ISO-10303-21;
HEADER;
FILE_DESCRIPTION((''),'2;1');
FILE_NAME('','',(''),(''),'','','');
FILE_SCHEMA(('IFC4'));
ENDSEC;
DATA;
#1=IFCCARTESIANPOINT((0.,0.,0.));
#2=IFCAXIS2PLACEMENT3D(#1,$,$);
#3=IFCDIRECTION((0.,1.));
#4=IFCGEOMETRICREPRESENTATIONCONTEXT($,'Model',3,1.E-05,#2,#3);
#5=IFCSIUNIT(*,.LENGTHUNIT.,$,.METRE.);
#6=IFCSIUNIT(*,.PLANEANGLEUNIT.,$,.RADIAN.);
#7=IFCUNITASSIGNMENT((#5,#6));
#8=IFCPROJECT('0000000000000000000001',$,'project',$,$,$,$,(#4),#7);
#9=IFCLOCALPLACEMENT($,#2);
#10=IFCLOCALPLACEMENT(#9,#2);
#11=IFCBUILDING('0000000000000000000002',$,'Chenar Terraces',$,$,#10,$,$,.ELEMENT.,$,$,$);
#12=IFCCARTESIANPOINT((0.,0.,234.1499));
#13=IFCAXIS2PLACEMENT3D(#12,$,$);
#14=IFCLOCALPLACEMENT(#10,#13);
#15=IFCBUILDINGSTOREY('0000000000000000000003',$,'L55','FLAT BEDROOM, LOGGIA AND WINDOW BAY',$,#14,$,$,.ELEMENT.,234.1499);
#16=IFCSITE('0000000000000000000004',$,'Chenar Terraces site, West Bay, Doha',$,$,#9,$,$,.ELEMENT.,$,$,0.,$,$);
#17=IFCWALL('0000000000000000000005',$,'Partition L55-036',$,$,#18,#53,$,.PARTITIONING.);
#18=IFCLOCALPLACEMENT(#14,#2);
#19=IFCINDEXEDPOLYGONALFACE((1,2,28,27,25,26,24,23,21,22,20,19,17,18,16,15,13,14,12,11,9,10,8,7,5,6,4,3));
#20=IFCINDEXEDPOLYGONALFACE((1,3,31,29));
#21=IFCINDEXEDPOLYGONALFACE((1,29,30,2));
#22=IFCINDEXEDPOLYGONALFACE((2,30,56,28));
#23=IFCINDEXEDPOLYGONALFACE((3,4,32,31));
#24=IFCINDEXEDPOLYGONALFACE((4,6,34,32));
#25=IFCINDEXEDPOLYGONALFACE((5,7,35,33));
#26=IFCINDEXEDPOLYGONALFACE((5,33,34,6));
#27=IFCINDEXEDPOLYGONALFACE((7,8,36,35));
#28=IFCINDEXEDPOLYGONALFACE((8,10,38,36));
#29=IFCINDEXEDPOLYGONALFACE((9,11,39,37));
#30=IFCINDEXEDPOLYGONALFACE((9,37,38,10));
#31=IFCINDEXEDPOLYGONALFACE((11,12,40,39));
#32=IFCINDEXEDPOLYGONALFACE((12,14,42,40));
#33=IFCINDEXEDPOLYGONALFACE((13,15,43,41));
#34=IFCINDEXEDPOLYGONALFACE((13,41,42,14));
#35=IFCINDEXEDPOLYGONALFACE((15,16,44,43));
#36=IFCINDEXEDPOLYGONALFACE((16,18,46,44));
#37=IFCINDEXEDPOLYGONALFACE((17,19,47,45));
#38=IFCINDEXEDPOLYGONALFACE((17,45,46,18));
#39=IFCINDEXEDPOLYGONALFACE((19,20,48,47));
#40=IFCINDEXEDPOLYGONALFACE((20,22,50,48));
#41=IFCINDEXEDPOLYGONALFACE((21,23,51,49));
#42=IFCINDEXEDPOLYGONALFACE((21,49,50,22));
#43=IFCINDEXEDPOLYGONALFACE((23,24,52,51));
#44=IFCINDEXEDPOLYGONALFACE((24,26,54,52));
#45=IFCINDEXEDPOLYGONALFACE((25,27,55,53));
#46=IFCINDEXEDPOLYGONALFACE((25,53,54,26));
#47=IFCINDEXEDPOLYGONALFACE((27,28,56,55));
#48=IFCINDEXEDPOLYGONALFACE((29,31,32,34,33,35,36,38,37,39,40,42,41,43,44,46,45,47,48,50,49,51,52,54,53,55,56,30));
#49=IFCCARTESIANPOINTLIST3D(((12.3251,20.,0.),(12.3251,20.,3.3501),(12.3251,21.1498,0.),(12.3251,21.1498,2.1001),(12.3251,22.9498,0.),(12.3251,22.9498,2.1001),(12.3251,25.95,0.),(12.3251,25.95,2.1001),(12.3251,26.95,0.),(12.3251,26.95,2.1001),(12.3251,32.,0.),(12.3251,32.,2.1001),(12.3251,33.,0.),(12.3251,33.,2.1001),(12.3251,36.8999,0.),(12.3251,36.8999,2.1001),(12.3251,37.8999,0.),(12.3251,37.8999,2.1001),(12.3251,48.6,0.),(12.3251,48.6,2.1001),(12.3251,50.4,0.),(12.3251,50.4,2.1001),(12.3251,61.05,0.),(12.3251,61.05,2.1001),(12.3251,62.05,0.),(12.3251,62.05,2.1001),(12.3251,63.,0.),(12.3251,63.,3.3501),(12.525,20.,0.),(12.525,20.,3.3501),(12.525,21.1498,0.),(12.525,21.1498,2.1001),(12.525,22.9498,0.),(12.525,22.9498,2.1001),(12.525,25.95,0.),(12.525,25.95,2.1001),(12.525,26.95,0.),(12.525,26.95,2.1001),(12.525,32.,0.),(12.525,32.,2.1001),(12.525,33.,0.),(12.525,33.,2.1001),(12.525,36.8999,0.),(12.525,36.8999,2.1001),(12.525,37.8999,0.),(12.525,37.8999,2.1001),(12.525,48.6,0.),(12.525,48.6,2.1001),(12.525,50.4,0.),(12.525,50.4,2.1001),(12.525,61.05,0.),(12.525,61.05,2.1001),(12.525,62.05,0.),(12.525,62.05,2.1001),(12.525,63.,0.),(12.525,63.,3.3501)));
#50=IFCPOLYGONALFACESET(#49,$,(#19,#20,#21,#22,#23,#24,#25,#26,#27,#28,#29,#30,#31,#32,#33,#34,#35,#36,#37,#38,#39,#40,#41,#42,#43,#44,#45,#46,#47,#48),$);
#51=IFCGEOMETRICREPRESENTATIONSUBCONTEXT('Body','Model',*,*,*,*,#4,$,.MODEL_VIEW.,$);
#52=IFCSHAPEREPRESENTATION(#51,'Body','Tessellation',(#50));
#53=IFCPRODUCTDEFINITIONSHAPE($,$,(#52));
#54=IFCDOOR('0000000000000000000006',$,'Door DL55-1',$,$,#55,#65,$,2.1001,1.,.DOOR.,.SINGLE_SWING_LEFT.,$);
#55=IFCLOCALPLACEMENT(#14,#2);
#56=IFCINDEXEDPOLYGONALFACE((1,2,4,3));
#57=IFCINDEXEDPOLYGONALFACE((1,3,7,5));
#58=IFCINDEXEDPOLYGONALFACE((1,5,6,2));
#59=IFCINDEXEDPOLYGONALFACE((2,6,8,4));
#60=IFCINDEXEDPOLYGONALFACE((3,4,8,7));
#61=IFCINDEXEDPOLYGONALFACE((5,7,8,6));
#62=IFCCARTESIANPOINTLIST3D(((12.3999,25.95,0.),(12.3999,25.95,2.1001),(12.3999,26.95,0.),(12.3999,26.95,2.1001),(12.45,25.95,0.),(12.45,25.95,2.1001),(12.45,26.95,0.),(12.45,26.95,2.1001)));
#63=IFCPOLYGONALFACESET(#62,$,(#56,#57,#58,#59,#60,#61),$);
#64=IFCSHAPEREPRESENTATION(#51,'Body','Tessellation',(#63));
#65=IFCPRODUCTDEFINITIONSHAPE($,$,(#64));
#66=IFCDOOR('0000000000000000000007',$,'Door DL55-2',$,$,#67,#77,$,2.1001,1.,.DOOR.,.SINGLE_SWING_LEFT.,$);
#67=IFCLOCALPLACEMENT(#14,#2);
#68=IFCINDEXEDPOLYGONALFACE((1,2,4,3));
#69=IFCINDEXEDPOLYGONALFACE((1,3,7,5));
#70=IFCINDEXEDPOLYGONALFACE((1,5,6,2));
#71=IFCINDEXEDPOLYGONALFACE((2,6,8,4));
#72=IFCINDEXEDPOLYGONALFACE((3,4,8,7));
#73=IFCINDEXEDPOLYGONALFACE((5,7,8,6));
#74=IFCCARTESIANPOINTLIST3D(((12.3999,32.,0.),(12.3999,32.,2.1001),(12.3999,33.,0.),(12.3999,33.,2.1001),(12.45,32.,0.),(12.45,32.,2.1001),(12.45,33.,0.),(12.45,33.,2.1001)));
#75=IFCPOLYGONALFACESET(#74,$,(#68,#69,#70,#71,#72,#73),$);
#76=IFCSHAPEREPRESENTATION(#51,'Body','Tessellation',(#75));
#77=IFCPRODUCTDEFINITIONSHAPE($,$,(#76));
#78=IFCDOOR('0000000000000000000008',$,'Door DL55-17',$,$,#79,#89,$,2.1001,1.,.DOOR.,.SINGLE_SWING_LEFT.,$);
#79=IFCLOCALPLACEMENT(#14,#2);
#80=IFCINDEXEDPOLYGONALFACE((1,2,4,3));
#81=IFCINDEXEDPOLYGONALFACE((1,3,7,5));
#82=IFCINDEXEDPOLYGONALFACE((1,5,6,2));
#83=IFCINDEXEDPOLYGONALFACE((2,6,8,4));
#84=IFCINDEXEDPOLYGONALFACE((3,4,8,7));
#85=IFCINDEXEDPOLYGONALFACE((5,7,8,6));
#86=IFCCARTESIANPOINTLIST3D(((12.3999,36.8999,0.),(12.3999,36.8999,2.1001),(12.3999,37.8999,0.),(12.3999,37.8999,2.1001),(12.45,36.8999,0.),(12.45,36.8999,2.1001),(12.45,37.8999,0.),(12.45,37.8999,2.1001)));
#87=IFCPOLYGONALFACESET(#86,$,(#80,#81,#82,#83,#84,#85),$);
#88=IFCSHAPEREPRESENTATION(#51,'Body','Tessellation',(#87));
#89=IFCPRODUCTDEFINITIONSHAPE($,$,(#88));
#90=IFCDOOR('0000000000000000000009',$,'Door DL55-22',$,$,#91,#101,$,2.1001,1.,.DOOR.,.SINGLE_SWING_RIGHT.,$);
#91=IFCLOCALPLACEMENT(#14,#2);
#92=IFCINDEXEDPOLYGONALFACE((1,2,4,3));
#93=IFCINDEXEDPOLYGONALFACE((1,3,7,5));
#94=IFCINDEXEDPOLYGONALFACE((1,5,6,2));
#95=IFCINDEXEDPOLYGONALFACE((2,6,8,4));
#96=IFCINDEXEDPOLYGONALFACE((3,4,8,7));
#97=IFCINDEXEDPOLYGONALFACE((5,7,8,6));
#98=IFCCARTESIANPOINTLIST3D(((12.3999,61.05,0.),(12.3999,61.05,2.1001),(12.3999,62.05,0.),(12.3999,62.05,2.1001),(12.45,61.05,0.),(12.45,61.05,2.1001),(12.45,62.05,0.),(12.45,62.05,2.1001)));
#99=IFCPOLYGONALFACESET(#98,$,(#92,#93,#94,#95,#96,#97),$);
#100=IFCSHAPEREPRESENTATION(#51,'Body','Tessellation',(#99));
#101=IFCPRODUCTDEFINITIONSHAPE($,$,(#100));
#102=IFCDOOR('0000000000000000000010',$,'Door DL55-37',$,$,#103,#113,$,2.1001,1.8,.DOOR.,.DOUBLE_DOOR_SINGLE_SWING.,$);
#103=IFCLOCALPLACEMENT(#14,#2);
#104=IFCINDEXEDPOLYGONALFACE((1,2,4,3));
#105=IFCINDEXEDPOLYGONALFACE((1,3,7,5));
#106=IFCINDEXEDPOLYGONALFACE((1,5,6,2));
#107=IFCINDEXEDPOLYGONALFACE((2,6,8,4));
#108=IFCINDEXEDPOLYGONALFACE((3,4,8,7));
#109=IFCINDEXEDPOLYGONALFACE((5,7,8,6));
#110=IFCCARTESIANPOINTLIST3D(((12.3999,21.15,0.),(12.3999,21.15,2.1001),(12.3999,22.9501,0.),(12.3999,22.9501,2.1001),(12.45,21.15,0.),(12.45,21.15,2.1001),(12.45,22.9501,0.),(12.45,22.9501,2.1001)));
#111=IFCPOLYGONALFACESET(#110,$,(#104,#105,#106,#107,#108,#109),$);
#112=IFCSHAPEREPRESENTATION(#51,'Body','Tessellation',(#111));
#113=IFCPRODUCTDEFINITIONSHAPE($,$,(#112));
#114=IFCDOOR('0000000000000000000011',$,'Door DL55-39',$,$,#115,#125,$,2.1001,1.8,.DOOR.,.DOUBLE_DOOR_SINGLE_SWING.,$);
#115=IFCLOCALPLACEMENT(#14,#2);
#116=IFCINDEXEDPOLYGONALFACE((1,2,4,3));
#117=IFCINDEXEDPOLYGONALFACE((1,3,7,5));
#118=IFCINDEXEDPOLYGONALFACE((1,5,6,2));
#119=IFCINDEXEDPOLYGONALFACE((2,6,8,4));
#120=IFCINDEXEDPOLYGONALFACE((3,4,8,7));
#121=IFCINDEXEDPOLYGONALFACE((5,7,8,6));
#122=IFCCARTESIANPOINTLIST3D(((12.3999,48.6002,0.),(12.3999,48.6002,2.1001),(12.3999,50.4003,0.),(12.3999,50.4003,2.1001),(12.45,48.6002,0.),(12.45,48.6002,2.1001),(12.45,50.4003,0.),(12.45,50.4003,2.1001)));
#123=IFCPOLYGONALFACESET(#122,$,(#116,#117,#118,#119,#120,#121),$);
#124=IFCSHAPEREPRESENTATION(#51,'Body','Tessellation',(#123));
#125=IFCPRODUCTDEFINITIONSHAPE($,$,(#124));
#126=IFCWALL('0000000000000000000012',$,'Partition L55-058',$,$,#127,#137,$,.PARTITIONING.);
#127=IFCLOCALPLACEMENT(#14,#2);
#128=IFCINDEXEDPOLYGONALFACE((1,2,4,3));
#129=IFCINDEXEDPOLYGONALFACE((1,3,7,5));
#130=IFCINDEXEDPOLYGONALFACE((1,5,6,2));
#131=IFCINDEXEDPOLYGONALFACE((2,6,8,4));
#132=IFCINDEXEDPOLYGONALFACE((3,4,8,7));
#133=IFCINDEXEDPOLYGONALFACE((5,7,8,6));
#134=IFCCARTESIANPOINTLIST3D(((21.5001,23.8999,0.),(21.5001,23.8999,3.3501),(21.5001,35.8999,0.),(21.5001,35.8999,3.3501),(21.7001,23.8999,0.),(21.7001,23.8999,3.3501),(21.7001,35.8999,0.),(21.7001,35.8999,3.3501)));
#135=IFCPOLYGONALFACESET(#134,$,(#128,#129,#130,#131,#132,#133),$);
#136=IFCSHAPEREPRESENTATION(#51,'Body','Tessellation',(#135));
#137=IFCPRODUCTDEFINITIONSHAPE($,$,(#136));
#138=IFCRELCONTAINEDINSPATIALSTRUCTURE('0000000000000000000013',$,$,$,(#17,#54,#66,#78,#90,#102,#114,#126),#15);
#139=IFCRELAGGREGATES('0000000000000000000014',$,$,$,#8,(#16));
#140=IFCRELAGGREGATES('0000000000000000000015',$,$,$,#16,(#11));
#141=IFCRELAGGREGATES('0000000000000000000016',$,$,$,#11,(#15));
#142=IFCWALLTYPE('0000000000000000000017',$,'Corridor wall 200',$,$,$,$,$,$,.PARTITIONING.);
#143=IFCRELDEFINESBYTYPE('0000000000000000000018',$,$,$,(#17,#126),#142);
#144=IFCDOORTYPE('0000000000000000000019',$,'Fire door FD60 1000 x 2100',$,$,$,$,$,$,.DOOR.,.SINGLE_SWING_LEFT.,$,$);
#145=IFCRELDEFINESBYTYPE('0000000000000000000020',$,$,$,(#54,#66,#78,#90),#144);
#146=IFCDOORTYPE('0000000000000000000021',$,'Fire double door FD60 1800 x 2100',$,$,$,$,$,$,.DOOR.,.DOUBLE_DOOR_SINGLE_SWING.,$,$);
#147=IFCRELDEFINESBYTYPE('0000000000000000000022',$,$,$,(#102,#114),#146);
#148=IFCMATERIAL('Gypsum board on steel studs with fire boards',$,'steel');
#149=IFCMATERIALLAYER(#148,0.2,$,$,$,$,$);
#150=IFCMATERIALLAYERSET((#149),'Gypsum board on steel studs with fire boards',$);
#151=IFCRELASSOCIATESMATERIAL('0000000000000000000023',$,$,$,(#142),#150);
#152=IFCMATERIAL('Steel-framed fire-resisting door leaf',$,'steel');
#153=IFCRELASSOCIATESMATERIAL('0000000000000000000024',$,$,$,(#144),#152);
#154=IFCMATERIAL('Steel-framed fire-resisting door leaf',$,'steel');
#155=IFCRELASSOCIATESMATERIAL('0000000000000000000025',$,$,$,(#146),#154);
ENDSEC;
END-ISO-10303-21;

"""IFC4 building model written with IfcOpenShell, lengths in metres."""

from ifc_helpers import new_model, si_unit, direction, frame, frame_2d, origin, place, context, subcontext, project, spatial, rectangle, extrude, material, layer, layer_set, type_object, element, fill, save


model = new_model("IFC4")

# Units and contexts
model_context = context("Model", 3, precision=1e-05, world=origin(), true_north=direction((0.0, 1.0)))
body_context = subcontext(model_context, "Body", "Model", "MODEL_VIEW")
ifc_project = project(units=[si_unit("LENGTHUNIT", "METRE"), si_unit("PLANEANGLEUNIT", "RADIAN")], contexts=[model_context])

# Site, building, storey
site_placement = place(None, origin())
site = spatial("IfcSite", under=ifc_project, at=site_placement, Name="Chenar Terraces site, West Bay, Doha", CompositionType="ELEMENT", RefElevation=0.0)
building_placement = place(site_placement, origin())
building = spatial("IfcBuilding", under=site, at=building_placement, Name="Chenar Terraces", CompositionType="ELEMENT")
storey_placement = place(building_placement, frame((0.0, 0.0, 234.1499)))
storey = spatial("IfcBuildingStorey", under=building, at=storey_placement, Name="L55", Description="FLAT BEDROOM, LOGGIA AND WINDOW BAY", CompositionType="ELEMENT", Elevation=234.1499)

# Wall, openings, doors
ifc_material_1 = material(Name="Gypsum board on steel studs with fire boards", Category="steel")
ifc_layer_1 = layer(ifc_material_1, 0.2)
ifc_layer_set_1 = layer_set([ifc_layer_1], Name="Gypsum board on steel studs with fire boards")
wall_type_1 = type_object("IfcWallType", Name="Corridor wall 200", PredefinedType="PARTITIONING", material=ifc_layer_set_1)
wall_1_placement = place(storey_placement, frame((12.425, 20.0, 0.0), z_axis=(0.0, 0.0, 1.0), x_axis=(0.0, 1.0, 0.0)))
wall_1 = element("IfcWall", 1, at=wall_1_placement, inside=storey, type_object=wall_type_1, Name="Partition L55-036", PredefinedType="PARTITIONING", context=body_context, shape_type="SweptSolid", body=[
    extrude(rectangle(XDim=43.0, YDim=0.2, at=frame_2d((21.5, 0.0))), origin(), (0.0, 0.0, 1.0), 3.3501),
])
opening_1_placement = place(wall_1_placement, frame((5.95, 0.0, 0.0)))
opening_1 = element("IfcOpeningElement", 2, at=opening_1_placement, cuts=wall_1, PredefinedType="OPENING", context=body_context, shape_type="SweptSolid", body=[
    extrude(rectangle(XDim=1.0, YDim=2.1001, at=frame_2d((0.5, 1.05))), frame((0.0, 0.1099, 0.0), z_axis=(0.0, -1.0, 0.0), x_axis=(1.0, 0.0, 0.0)), (0.0, 0.0, 1.0), 0.22),
])
opening_2_placement = place(wall_1_placement, frame((12.0, 0.0, 0.0)))
opening_2 = element("IfcOpeningElement", 3, at=opening_2_placement, cuts=wall_1, PredefinedType="OPENING", context=body_context, shape_type="SweptSolid", body=[
    extrude(rectangle(XDim=1.0, YDim=2.1001, at=frame_2d((0.5, 1.05))), frame((0.0, 0.1099, 0.0), z_axis=(0.0, -1.0, 0.0), x_axis=(1.0, 0.0, 0.0)), (0.0, 0.0, 1.0), 0.22),
])
opening_3_placement = place(wall_1_placement, frame((16.8999, 0.0, 0.0)))
opening_3 = element("IfcOpeningElement", 4, at=opening_3_placement, cuts=wall_1, PredefinedType="OPENING", context=body_context, shape_type="SweptSolid", body=[
    extrude(rectangle(XDim=1.0, YDim=2.1001, at=frame_2d((0.5, 1.05))), frame((0.0, 0.1099, 0.0), z_axis=(0.0, -1.0, 0.0), x_axis=(1.0, 0.0, 0.0)), (0.0, 0.0, 1.0), 0.22),
])
opening_4_placement = place(wall_1_placement, frame((41.05, 0.0, 0.0)))
opening_4 = element("IfcOpeningElement", 5, at=opening_4_placement, cuts=wall_1, PredefinedType="OPENING", context=body_context, shape_type="SweptSolid", body=[
    extrude(rectangle(XDim=1.0, YDim=2.1001, at=frame_2d((0.5, 1.05))), frame((0.0, 0.1099, 0.0), z_axis=(0.0, -1.0, 0.0), x_axis=(1.0, 0.0, 0.0)), (0.0, 0.0, 1.0), 0.22),
])
opening_5_placement = place(wall_1_placement, frame((1.1499, 0.0, 0.0)))
opening_5 = element("IfcOpeningElement", 6, at=opening_5_placement, cuts=wall_1, PredefinedType="OPENING", context=body_context, shape_type="SweptSolid", body=[
    extrude(rectangle(XDim=1.8, YDim=2.1001, at=frame_2d((0.8999, 1.05))), frame((0.0, 0.1099, 0.0), z_axis=(0.0, -1.0, 0.0), x_axis=(1.0, 0.0, 0.0)), (0.0, 0.0, 1.0), 0.22),
])
opening_6_placement = place(wall_1_placement, frame((28.6001, 0.0, 0.0)))
opening_6 = element("IfcOpeningElement", 7, at=opening_6_placement, cuts=wall_1, PredefinedType="OPENING", context=body_context, shape_type="SweptSolid", body=[
    extrude(rectangle(XDim=1.8, YDim=2.1001, at=frame_2d((0.8999, 1.05))), frame((0.0, 0.1099, 0.0), z_axis=(0.0, -1.0, 0.0), x_axis=(1.0, 0.0, 0.0)), (0.0, 0.0, 1.0), 0.22),
])
ifc_material_2 = material(Name="Steel-framed fire-resisting door leaf", Category="steel")
door_type_1 = type_object("IfcDoorType", Name="Fire door FD60 1000 x 2100", OperationType="SINGLE_SWING_LEFT", PredefinedType="DOOR", material=ifc_material_2)
door_1_placement = place(opening_1_placement, frame((1.0, 0.0, 0.0), z_axis=(0.0, 0.0, 1.0), x_axis=(-1.0, 0.0, 0.0)))
door_1 = element("IfcDoor", 8, at=door_1_placement, inside=storey, type_object=door_type_1, Name="Door DL55-1", OperationType="SINGLE_SWING_LEFT", OverallHeight=2.1001, OverallWidth=1.0, PredefinedType="DOOR", context=body_context, shape_type="SweptSolid", body=[
    extrude(rectangle(XDim=1.0, YDim=2.1001, at=frame_2d((0.5, 1.05))), frame((0.0, 0.0249, 0.0), z_axis=(0.0, -1.0, 0.0), x_axis=(1.0, 0.0, 0.0)), (0.0, 0.0, 1.0), 0.05),
])
fill(opening_1, door_1)
door_2_placement = place(opening_2_placement, frame((1.0, 0.0, 0.0), z_axis=(0.0, 0.0, 1.0), x_axis=(-1.0, 0.0, 0.0)))
door_2 = element("IfcDoor", 9, at=door_2_placement, inside=storey, type_object=door_type_1, Name="Door DL55-2", OperationType="SINGLE_SWING_LEFT", OverallHeight=2.1001, OverallWidth=1.0, PredefinedType="DOOR", context=body_context, shape_type="SweptSolid", body=[
    extrude(rectangle(XDim=1.0, YDim=2.1001, at=frame_2d((0.5, 1.05))), frame((0.0, 0.0249, 0.0), z_axis=(0.0, -1.0, 0.0), x_axis=(1.0, 0.0, 0.0)), (0.0, 0.0, 1.0), 0.05),
])
fill(opening_2, door_2)
door_3_placement = place(opening_3_placement, frame((1.0, 0.0, 0.0), z_axis=(0.0, 0.0, 1.0), x_axis=(-1.0, 0.0, 0.0)))
door_3 = element("IfcDoor", 10, at=door_3_placement, inside=storey, type_object=door_type_1, Name="Door DL55-17", OperationType="SINGLE_SWING_LEFT", OverallHeight=2.1001, OverallWidth=1.0, PredefinedType="DOOR", context=body_context, shape_type="SweptSolid", body=[
    extrude(rectangle(XDim=1.0, YDim=2.1001, at=frame_2d((0.5, 1.05))), frame((0.0, 0.0249, 0.0), z_axis=(0.0, -1.0, 0.0), x_axis=(1.0, 0.0, 0.0)), (0.0, 0.0, 1.0), 0.05),
])
fill(opening_3, door_3)
door_4_placement = place(opening_4_placement, frame((1.0, 0.0, 0.0), z_axis=(0.0, 0.0, 1.0), x_axis=(-1.0, 0.0, 0.0)))
door_4 = element("IfcDoor", 11, at=door_4_placement, inside=storey, type_object=door_type_1, Name="Door DL55-22", OperationType="SINGLE_SWING_RIGHT", OverallHeight=2.1001, OverallWidth=1.0, PredefinedType="DOOR", context=body_context, shape_type="SweptSolid", body=[
    extrude(rectangle(XDim=1.0, YDim=2.1001, at=frame_2d((0.5, 1.05))), frame((0.0, 0.0249, 0.0), z_axis=(0.0, -1.0, 0.0), x_axis=(1.0, 0.0, 0.0)), (0.0, 0.0, 1.0), 0.05),
])
fill(opening_4, door_4)
ifc_material_3 = material(Name="Steel-framed fire-resisting door leaf", Category="steel")
door_type_2 = type_object("IfcDoorType", Name="Fire double door FD60 1800 x 2100", OperationType="DOUBLE_DOOR_SINGLE_SWING", PredefinedType="DOOR", material=ifc_material_3)
door_5_placement = place(opening_5_placement, frame((1.8, 0.0, 0.0), z_axis=(0.0, 0.0, 1.0), x_axis=(-1.0, 0.0, 0.0)))
door_5 = element("IfcDoor", 12, at=door_5_placement, inside=storey, type_object=door_type_2, Name="Door DL55-37", OperationType="DOUBLE_DOOR_SINGLE_SWING", OverallHeight=2.1001, OverallWidth=1.8, PredefinedType="DOOR", context=body_context, shape_type="SweptSolid", body=[
    extrude(rectangle(XDim=1.8, YDim=2.1001, at=frame_2d((0.8999, 1.05))), frame((0.0, 0.0249, 0.0), z_axis=(0.0, -1.0, 0.0), x_axis=(1.0, 0.0, 0.0)), (0.0, 0.0, 1.0), 0.05),
])
fill(opening_5, door_5)
door_6_placement = place(opening_6_placement, frame((1.8, 0.0, 0.0), z_axis=(0.0, 0.0, 1.0), x_axis=(-1.0, 0.0, 0.0)))
door_6 = element("IfcDoor", 13, at=door_6_placement, inside=storey, type_object=door_type_2, Name="Door DL55-39", OperationType="DOUBLE_DOOR_SINGLE_SWING", OverallHeight=2.1001, OverallWidth=1.8, PredefinedType="DOOR", context=body_context, shape_type="SweptSolid", body=[
    extrude(rectangle(XDim=1.8, YDim=2.1001, at=frame_2d((0.8999, 1.05))), frame((0.0, 0.0249, 0.0), z_axis=(0.0, -1.0, 0.0), x_axis=(1.0, 0.0, 0.0)), (0.0, 0.0, 1.0), 0.05),
])
fill(opening_6, door_6)

# Wall
wall_2_placement = place(storey_placement, frame((21.6001, 23.8999, 0.0), z_axis=(0.0, 0.0, 1.0), x_axis=(0.0, 1.0, 0.0)))
element("IfcWall", 14, at=wall_2_placement, inside=storey, type_object=wall_type_1, Name="Partition L55-058", PredefinedType="PARTITIONING", context=body_context, shape_type="SweptSolid", body=[
    extrude(rectangle(XDim=12.0, YDim=0.2, at=frame_2d((6.0, 0.0))), origin(), (0.0, 0.0, 1.0), 3.3501),
])

save(model, "model.ifc")
